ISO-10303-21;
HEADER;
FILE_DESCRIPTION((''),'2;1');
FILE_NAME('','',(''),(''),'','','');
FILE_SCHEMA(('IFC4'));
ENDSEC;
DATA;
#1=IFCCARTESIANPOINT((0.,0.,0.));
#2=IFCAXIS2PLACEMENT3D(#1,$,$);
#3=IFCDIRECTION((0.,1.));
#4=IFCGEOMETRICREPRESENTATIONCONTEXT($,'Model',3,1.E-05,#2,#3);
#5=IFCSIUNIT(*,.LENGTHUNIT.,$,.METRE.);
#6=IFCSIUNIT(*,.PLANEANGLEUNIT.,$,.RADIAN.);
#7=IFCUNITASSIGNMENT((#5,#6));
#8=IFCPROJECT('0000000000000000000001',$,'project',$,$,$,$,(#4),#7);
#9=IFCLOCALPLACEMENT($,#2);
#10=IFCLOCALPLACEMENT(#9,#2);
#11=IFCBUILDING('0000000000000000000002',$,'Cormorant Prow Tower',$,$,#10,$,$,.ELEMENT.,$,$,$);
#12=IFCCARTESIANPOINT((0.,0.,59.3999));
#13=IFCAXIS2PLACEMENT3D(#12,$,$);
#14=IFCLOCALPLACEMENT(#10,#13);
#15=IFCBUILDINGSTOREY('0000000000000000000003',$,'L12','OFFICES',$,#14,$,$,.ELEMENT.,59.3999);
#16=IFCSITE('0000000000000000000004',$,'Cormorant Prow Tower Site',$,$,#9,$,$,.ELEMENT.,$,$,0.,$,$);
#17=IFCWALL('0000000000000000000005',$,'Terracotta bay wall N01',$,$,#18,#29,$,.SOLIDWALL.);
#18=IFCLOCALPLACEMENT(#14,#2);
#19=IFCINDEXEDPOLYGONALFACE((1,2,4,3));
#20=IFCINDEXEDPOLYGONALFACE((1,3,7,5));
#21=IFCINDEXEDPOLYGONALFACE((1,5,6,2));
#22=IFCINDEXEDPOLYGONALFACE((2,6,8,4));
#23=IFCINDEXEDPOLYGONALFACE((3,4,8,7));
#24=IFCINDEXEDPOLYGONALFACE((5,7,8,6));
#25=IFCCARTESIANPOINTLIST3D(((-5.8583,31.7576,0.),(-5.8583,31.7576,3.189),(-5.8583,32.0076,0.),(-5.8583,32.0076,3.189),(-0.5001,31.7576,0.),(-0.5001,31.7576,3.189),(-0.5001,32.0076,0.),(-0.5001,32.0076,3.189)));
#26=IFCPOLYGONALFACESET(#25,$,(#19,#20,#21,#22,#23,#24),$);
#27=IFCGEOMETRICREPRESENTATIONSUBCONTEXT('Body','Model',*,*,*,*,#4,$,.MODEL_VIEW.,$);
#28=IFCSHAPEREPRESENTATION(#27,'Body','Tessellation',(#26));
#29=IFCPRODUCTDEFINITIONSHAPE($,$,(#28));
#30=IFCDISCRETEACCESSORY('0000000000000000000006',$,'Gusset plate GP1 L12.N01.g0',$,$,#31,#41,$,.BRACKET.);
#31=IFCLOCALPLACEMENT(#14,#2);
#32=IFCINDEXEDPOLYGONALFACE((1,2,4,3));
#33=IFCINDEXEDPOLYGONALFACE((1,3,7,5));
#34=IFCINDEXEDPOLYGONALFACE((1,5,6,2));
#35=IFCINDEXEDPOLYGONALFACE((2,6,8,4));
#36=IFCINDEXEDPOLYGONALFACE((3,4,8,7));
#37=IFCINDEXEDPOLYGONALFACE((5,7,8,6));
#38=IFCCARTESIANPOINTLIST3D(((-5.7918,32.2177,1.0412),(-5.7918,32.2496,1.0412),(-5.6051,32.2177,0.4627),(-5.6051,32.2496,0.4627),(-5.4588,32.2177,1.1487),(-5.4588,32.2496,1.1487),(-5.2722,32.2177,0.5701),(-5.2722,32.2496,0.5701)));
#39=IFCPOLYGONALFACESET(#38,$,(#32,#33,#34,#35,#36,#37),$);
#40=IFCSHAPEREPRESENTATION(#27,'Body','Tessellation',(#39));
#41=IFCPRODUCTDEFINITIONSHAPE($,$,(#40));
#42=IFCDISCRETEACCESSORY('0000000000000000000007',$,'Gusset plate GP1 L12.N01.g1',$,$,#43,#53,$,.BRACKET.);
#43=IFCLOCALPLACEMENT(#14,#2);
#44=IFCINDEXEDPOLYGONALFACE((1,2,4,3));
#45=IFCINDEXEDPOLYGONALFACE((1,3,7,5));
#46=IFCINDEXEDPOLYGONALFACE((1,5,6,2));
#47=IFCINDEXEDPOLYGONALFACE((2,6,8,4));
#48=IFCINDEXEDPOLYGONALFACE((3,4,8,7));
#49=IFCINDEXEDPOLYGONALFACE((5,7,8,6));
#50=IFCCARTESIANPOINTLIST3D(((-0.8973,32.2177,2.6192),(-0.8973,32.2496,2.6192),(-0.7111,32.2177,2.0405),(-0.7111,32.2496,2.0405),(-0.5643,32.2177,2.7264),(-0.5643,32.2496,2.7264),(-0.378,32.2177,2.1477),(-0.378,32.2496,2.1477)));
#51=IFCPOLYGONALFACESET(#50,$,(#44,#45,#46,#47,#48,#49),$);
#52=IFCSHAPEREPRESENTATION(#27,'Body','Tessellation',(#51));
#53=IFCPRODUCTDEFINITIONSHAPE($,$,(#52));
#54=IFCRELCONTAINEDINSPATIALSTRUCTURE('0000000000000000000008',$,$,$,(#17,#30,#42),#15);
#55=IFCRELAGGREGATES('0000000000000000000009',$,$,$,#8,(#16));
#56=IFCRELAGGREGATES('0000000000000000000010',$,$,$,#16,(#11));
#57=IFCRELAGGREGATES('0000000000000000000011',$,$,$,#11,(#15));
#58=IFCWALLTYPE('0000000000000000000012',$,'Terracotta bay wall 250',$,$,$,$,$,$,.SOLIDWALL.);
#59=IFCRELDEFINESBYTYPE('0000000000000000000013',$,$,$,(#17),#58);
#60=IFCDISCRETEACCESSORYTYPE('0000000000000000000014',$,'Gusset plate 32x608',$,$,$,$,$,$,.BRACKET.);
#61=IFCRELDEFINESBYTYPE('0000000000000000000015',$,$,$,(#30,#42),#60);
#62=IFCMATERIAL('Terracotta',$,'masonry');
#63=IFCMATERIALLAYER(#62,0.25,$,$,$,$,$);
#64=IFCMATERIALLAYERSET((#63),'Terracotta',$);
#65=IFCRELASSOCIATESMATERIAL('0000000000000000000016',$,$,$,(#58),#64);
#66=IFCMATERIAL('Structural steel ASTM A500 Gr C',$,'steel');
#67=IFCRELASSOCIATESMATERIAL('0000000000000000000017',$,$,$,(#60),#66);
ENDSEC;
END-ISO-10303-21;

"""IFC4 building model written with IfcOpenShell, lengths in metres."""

from ifc_helpers import new_model, si_unit, direction, frame, frame_2d, origin, origin_2d, place, context, subcontext, project, spatial, rectangle, extrude, material, layer, layer_set, material_profile, profile_set, type_object, element, save


model = new_model("IFC4")

# Units and contexts
model_context = context("Model", 3, precision=1e-05, world=origin(), true_north=direction((0.0, 1.0)))
body_context = subcontext(model_context, "Body", "Model", "MODEL_VIEW")
ifc_project = project(units=[si_unit("LENGTHUNIT", "METRE"), si_unit("PLANEANGLEUNIT", "RADIAN")], contexts=[model_context])

# Site, building, storey
site_placement = place(None, origin())
site = spatial("IfcSite", under=ifc_project, at=site_placement, Name="Cormorant Prow Tower Site", CompositionType="ELEMENT", RefElevation=0.0)
building_placement = place(site_placement, origin())
building = spatial("IfcBuilding", under=site, at=building_placement, Name="Cormorant Prow Tower", CompositionType="ELEMENT")
storey_placement = place(building_placement, frame((0.0, 0.0, 59.3999)))
storey = spatial("IfcBuildingStorey", under=building, at=storey_placement, Name="L12", Description="OFFICES", CompositionType="ELEMENT", Elevation=59.3999)

# Wall
ifc_material_1 = material(Name="Terracotta", Category="masonry")
ifc_layer_1 = layer(ifc_material_1, 0.25)
ifc_layer_set_1 = layer_set([ifc_layer_1], Name="Terracotta")
wall_type_1 = type_object("IfcWallType", Name="Terracotta bay wall 250", PredefinedType="SOLIDWALL", material=ifc_layer_set_1)
wall_1_placement = place(storey_placement, frame((-0.5, 31.8826, 0.0), z_axis=(0.0, 0.0, 1.0), x_axis=(-1.0, 0.0, 0.0)))
element("IfcWall", 1, at=wall_1_placement, inside=storey, type_object=wall_type_1, Name="Terracotta bay wall N01", PredefinedType="SOLIDWALL", context=body_context, shape_type="SweptSolid", body=[
    extrude(rectangle(XDim=5.3582, YDim=0.25, at=frame_2d((2.6792, 0.0))), origin(), (0.0, 0.0, 1.0), 3.189),
])

# Discrete accessories
ifc_material_2 = material(Name="Structural steel ASTM A500 Gr C", Category="steel")
ifc_material_profile_1 = material_profile(ifc_material_2, rectangle(XDim=0.032, YDim=0.6079, at=origin_2d()), Name="Gusset plate 32x608")
ifc_profile_set_1 = profile_set([ifc_material_profile_1], Name="Structural steel ASTM A500 Gr C")
discrete_accessory_type = type_object("IfcDiscreteAccessoryType", Name="Gusset plate 32x608", PredefinedType="BRACKET", material=ifc_profile_set_1)
for number, where, z_axis, x_axis, name in (
    (2, (-5.3655, 32.2336, 0.8594), (-0.951709, 0.0, -0.307003), (0.0, -1.0, 0.0), "Gusset plate GP1 L12.N01.g0"),
    (3, (-0.8042, 32.2336, 2.3298), (0.951912, 0.0, 0.306371), (0.0, 1.0, 0.0), "Gusset plate GP1 L12.N01.g1"),
):
    element("IfcDiscreteAccessory", number, at=place(storey_placement, frame(where, z_axis=z_axis, x_axis=x_axis)), inside=storey, type_object=discrete_accessory_type, Name=name, PredefinedType="BRACKET", context=body_context, shape_type="SweptSolid", body=[
        extrude(rectangle(XDim=0.032, YDim=0.6079, at=origin_2d()), origin(), (0.0, 0.0, 1.0), 0.3499),
    ])

save(model, "model.ifc")
